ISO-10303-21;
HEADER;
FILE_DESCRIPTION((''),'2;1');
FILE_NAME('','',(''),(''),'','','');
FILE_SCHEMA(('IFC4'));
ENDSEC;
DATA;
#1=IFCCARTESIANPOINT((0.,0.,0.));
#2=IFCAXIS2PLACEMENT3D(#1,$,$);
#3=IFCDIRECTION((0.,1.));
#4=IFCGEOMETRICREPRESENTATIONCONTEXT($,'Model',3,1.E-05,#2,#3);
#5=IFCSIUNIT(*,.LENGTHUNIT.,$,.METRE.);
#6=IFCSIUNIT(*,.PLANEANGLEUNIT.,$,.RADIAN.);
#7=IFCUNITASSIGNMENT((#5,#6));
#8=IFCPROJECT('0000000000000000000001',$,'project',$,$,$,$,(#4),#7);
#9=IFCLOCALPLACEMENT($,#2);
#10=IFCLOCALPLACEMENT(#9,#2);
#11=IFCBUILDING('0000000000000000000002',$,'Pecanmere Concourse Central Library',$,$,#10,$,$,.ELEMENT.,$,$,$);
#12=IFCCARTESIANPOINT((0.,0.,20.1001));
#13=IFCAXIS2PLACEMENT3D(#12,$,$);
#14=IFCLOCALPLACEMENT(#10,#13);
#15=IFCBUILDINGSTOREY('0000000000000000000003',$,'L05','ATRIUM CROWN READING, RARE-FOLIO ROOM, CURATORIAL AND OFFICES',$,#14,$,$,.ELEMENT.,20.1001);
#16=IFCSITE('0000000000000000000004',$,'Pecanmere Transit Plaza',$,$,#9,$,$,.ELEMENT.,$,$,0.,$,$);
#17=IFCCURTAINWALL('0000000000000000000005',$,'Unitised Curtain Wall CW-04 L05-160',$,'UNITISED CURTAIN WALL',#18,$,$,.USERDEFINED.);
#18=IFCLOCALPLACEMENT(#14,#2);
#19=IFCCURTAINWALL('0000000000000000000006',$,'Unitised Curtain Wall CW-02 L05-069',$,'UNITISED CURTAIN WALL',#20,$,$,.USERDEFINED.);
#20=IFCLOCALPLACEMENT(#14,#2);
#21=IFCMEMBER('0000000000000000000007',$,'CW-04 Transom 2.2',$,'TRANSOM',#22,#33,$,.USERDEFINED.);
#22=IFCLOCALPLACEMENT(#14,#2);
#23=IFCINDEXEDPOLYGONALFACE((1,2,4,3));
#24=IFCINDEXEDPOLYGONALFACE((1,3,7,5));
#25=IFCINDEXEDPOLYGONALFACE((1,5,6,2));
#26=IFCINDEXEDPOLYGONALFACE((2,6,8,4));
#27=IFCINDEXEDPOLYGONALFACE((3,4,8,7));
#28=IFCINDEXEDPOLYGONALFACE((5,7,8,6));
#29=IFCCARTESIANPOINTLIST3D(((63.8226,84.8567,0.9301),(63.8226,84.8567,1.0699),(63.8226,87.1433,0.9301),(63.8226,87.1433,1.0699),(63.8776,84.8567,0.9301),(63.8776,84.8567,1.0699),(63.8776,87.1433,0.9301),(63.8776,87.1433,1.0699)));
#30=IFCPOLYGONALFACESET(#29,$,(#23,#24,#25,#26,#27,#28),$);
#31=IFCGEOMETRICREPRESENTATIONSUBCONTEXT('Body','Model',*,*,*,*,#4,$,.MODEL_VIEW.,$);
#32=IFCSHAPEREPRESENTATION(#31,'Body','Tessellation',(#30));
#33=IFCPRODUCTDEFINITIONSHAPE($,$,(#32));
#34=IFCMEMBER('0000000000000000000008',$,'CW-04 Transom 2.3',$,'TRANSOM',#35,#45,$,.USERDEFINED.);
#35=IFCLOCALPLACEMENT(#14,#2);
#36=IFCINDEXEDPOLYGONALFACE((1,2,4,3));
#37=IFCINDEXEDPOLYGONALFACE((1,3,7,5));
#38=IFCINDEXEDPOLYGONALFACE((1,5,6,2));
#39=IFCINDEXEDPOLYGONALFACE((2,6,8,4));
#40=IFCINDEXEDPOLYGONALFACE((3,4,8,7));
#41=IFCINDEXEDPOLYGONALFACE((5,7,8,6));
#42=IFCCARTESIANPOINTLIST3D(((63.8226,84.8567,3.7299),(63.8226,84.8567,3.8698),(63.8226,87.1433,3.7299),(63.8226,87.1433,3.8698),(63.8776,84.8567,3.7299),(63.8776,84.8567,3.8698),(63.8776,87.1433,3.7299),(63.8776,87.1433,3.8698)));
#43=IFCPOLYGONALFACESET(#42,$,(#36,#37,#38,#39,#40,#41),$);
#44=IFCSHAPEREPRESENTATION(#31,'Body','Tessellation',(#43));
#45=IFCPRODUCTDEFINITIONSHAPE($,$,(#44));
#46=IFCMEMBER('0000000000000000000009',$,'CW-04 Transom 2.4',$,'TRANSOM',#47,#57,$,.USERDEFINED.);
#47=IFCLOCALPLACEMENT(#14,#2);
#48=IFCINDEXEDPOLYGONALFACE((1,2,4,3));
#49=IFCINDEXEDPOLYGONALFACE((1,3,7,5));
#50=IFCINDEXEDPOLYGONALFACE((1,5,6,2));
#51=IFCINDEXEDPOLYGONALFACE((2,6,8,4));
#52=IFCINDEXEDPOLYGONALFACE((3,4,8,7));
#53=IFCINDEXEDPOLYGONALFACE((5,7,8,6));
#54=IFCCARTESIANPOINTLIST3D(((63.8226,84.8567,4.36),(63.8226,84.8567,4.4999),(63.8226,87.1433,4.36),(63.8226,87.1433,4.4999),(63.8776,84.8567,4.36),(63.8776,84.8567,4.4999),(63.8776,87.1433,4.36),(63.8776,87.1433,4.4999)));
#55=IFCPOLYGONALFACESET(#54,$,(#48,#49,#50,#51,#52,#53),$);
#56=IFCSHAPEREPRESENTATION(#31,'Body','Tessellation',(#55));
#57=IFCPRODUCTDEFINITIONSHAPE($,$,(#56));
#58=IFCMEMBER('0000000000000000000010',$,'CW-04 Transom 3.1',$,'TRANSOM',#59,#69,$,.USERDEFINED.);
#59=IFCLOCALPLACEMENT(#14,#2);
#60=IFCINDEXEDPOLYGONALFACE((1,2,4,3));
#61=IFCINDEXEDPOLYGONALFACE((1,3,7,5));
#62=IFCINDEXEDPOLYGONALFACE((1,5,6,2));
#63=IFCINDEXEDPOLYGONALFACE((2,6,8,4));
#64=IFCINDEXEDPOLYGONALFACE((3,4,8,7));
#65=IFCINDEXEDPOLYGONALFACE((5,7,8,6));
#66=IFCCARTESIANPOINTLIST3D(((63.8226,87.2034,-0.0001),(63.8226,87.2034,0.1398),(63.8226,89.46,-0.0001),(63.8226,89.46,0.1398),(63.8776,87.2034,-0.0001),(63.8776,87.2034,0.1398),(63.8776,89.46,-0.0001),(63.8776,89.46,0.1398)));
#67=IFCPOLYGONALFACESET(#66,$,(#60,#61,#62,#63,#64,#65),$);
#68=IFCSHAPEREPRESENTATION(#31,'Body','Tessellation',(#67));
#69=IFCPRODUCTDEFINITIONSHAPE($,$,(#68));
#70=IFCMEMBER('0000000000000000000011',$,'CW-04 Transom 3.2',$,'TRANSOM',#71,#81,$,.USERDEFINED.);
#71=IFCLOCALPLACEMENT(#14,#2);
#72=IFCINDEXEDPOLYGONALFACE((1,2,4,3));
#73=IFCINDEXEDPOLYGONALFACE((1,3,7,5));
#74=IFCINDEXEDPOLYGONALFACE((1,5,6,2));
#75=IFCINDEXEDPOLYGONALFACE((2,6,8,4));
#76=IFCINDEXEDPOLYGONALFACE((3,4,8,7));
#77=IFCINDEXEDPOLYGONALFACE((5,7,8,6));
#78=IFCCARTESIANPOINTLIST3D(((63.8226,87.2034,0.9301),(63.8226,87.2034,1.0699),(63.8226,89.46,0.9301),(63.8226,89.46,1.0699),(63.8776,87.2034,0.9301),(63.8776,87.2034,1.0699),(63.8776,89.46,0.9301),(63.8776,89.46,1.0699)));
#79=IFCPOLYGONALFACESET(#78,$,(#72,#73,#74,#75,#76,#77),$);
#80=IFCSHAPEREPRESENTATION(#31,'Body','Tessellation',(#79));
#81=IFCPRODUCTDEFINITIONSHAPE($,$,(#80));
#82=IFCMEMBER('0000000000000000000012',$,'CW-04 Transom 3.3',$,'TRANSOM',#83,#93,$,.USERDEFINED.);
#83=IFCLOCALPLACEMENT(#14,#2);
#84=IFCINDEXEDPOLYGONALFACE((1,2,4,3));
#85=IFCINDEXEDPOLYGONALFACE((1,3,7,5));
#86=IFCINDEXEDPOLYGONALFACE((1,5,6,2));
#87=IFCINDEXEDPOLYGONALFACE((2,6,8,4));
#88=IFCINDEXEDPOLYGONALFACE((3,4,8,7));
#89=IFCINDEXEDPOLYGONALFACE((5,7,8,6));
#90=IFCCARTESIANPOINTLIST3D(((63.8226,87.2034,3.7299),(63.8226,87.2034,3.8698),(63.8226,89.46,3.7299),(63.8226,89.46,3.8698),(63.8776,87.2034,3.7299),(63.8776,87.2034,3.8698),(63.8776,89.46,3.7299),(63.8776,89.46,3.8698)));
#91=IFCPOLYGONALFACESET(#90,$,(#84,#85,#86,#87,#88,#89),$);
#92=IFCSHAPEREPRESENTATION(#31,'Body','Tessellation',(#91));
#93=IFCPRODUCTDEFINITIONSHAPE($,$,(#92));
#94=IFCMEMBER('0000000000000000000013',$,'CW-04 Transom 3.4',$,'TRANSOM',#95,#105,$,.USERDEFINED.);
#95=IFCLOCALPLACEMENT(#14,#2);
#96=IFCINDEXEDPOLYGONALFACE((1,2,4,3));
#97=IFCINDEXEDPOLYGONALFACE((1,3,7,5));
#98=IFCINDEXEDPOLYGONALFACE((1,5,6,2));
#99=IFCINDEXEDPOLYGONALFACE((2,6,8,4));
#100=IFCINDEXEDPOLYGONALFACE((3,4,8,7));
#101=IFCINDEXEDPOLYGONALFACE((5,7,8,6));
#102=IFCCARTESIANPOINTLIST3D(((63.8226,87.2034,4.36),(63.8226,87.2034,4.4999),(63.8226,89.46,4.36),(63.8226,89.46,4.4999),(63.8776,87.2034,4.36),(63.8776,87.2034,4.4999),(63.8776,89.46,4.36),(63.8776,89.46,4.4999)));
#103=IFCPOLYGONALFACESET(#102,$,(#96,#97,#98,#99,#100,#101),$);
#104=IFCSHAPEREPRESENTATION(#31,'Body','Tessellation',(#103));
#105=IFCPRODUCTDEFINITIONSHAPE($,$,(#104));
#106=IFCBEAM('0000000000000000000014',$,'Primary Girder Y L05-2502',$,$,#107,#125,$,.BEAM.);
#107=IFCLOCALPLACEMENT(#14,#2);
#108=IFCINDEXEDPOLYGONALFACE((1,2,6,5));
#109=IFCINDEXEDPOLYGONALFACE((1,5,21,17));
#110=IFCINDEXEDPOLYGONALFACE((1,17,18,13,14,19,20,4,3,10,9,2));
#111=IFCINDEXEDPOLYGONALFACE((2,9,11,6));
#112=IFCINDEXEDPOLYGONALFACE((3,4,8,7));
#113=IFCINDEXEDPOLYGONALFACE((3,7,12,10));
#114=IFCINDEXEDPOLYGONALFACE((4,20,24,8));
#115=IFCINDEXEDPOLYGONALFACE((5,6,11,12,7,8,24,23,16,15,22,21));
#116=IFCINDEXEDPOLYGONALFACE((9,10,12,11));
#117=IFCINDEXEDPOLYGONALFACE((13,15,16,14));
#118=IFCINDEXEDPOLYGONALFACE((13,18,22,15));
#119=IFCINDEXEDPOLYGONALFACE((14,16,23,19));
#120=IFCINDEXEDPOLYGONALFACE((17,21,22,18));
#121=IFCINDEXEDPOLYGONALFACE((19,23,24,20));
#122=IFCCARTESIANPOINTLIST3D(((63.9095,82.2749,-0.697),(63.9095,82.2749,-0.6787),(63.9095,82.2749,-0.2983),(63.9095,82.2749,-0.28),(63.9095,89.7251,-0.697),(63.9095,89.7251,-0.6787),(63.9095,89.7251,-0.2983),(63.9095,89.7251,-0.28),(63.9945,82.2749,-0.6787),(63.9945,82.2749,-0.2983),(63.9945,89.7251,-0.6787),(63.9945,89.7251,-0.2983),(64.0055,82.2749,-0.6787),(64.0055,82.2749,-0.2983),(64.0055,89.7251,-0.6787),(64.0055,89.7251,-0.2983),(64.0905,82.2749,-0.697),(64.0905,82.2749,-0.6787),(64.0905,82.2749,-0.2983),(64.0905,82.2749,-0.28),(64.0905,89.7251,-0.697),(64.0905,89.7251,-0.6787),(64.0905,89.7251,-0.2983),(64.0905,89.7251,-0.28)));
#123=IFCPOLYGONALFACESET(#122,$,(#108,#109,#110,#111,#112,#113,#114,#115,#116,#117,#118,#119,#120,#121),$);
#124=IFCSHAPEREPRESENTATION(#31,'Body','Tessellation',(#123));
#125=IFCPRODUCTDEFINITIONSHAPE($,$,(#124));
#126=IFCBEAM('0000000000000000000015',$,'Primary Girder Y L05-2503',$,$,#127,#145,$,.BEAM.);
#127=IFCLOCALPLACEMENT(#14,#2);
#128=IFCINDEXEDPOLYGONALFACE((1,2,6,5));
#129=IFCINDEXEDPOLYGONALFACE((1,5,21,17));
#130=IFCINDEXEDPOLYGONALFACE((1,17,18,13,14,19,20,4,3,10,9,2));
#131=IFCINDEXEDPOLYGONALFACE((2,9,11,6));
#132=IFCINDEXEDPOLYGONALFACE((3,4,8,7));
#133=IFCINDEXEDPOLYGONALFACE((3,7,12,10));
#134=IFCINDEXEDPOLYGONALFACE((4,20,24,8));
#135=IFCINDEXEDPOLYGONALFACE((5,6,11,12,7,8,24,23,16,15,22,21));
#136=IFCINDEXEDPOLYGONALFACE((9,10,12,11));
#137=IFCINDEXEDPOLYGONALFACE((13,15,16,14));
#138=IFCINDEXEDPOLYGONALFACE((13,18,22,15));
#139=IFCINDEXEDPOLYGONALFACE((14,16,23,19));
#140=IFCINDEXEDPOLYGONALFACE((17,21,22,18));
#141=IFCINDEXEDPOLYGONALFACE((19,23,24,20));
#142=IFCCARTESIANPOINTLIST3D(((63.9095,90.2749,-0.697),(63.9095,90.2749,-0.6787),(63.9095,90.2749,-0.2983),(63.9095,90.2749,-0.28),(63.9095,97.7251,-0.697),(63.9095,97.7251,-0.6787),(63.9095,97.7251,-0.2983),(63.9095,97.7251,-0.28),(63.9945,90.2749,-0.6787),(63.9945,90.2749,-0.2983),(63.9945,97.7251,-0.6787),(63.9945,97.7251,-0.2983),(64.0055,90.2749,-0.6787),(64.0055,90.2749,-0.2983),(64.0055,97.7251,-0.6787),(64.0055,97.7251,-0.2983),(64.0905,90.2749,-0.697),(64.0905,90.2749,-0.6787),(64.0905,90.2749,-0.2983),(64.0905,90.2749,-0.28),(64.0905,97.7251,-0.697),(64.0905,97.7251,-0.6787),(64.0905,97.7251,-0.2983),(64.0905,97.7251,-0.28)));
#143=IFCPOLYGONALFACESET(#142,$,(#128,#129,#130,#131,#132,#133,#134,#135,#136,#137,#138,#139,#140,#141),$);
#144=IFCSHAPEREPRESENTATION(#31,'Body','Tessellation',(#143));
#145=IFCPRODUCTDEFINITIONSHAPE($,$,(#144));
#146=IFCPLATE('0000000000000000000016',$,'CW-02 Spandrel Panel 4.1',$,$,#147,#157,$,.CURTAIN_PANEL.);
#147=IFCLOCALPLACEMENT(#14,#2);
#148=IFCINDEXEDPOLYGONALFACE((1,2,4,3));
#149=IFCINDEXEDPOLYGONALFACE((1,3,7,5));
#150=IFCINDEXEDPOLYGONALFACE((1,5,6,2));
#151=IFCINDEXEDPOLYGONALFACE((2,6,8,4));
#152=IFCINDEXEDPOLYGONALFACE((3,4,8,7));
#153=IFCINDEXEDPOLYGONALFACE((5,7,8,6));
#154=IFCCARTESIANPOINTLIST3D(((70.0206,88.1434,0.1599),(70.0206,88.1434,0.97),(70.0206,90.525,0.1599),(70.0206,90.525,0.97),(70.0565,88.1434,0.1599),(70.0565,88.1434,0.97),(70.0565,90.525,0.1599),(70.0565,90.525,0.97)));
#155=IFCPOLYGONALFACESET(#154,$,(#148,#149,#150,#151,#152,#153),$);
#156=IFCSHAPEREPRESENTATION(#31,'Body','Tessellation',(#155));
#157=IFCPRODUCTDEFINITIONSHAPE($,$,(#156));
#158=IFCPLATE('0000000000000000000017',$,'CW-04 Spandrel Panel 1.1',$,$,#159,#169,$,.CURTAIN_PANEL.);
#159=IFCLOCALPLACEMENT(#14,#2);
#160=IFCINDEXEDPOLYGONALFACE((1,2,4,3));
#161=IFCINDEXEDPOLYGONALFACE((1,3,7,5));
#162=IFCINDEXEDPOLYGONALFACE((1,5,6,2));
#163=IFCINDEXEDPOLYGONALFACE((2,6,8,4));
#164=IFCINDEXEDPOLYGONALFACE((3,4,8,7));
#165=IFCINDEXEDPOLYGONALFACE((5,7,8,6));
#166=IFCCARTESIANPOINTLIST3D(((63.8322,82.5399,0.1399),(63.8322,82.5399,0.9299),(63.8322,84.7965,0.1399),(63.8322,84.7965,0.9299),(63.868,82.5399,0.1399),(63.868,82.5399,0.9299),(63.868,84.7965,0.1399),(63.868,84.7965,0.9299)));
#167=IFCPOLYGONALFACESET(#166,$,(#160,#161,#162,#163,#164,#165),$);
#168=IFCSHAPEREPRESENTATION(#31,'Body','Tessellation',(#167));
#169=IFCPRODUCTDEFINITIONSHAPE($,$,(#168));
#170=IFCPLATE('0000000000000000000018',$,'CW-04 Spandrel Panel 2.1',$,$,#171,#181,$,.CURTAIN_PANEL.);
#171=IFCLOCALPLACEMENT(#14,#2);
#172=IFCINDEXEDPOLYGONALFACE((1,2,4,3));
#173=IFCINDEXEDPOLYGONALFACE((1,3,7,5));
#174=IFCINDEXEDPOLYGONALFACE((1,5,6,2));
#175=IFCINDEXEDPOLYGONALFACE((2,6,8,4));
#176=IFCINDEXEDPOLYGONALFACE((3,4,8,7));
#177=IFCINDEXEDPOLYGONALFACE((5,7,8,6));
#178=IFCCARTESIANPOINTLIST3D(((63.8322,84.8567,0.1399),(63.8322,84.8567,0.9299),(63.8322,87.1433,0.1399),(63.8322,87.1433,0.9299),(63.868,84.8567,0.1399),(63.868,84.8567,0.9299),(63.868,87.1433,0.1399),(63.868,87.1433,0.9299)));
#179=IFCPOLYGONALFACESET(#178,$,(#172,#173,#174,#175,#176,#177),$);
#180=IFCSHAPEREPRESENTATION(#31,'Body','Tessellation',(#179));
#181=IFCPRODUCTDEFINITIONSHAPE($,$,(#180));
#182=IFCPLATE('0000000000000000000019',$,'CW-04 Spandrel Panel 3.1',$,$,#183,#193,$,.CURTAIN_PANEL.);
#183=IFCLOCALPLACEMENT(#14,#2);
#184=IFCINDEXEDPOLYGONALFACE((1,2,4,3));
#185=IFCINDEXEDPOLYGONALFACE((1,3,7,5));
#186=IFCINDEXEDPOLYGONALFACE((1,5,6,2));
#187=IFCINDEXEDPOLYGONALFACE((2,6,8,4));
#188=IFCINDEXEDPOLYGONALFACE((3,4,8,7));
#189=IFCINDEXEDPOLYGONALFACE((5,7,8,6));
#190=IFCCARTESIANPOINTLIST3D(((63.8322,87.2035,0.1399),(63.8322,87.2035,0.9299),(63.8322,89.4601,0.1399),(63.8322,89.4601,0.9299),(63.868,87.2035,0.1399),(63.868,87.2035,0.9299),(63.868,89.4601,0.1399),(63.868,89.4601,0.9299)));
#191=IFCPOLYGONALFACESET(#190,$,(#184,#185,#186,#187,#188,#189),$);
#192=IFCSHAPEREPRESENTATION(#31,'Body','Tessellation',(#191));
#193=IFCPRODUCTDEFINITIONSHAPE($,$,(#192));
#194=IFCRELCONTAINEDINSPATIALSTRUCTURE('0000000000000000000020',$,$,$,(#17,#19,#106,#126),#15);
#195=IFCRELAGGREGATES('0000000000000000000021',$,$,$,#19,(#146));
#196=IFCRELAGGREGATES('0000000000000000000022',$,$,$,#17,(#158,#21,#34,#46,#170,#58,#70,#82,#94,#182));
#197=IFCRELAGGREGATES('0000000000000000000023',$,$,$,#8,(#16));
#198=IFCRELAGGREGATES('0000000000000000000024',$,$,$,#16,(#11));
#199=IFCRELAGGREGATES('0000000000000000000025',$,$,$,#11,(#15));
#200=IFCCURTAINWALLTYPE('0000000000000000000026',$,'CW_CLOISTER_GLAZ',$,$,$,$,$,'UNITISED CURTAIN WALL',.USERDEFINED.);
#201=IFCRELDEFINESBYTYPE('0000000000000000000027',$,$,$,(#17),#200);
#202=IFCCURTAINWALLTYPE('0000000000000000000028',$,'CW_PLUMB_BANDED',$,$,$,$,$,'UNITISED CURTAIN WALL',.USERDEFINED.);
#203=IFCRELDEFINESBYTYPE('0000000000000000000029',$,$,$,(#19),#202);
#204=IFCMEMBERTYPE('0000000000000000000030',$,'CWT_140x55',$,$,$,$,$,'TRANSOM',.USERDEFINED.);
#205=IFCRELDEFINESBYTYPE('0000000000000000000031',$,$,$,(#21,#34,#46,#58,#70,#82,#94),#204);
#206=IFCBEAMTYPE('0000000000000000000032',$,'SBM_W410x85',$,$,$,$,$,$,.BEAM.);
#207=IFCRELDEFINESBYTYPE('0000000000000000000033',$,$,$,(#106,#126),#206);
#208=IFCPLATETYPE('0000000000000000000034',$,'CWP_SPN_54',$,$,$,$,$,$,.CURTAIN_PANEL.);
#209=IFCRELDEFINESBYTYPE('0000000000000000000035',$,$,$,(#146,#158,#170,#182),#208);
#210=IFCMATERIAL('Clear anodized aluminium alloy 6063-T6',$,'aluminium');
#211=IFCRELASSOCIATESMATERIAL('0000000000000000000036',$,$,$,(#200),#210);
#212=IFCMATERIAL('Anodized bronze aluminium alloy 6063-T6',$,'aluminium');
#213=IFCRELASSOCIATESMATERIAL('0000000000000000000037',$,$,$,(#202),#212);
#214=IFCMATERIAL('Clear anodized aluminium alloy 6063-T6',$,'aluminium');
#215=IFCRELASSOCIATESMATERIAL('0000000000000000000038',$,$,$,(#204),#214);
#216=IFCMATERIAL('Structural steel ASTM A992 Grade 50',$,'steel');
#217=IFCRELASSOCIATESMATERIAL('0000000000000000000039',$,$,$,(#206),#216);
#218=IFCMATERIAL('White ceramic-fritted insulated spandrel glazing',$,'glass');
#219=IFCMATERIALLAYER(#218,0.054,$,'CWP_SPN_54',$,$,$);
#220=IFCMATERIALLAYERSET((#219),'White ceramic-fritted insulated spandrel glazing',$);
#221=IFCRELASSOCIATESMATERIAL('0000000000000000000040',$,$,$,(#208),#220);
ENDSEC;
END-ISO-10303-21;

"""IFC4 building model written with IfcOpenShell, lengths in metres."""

from ifc_helpers import new_model, si_unit, direction, frame, origin, origin_2d, place, context, subcontext, project, spatial, rectangle, i_section, extrude, material, layer, layer_set, material_profile, profile_set, type_object, element, aggregate, save


model = new_model("IFC4")

# Units and contexts
model_context = context("Model", 3, precision=1e-05, world=origin(), true_north=direction((0.0, 1.0)))
body_context = subcontext(model_context, "Body", "Model", "MODEL_VIEW")
ifc_project = project(units=[si_unit("LENGTHUNIT", "METRE"), si_unit("PLANEANGLEUNIT", "RADIAN")], contexts=[model_context])

# Site, building, storey
site_placement = place(None, origin())
site = spatial("IfcSite", under=ifc_project, at=site_placement, Name="Pecanmere Transit Plaza", CompositionType="ELEMENT", RefElevation=0.0)
building_placement = place(site_placement, origin())
building = spatial("IfcBuilding", under=site, at=building_placement, Name="Pecanmere Concourse Central Library", CompositionType="ELEMENT")
storey_placement = place(building_placement, frame((0.0, 0.0, 20.1001)))
storey = spatial("IfcBuildingStorey", under=building, at=storey_placement, Name="L05", Description="ATRIUM CROWN READING, RARE-FOLIO ROOM, CURATORIAL AND OFFICES", CompositionType="ELEMENT", Elevation=20.1001)

# Shared definitions
ifc_material_1 = material(Name="Clear anodized aluminium alloy 6063-T6", Category="aluminium")
curtain_wall_type_1 = type_object("IfcCurtainWallType", Name="CW_CLOISTER_GLAZ", ElementType="UNITISED CURTAIN WALL", PredefinedType="USERDEFINED", material=ifc_material_1)

# Curtain wall
curtain_wall_1_placement = place(storey_placement, origin())
curtain_wall_1 = element("IfcCurtainWall", 1, at=curtain_wall_1_placement, inside=storey, type_object=curtain_wall_type_1, Name="Unitised Curtain Wall CW-04 L05-160", ObjectType="UNITISED CURTAIN WALL", PredefinedType="USERDEFINED")

# Curtain wall
ifc_material_2 = material(Name="Anodized bronze aluminium alloy 6063-T6", Category="aluminium")
curtain_wall_type_2 = type_object("IfcCurtainWallType", Name="CW_PLUMB_BANDED", ElementType="UNITISED CURTAIN WALL", PredefinedType="USERDEFINED", material=ifc_material_2)
curtain_wall_2_placement = place(storey_placement, origin())
curtain_wall_2 = element("IfcCurtainWall", 2, at=curtain_wall_2_placement, inside=storey, type_object=curtain_wall_type_2, Name="Unitised Curtain Wall CW-02 L05-069", ObjectType="UNITISED CURTAIN WALL", PredefinedType="USERDEFINED")

# Members
ifc_material_3 = material(Name="Clear anodized aluminium alloy 6063-T6", Category="aluminium")
ifc_material_profile_1 = material_profile(ifc_material_3, rectangle(XDim=0.0549, YDim=0.1399, at=origin_2d()), Name="AL 55x140")
ifc_profile_set_1 = profile_set([ifc_material_profile_1], Name="Clear anodized aluminium alloy 6063-T6")
member_type_1 = type_object("IfcMemberType", Name="CWT_140x55", ElementType="TRANSOM", PredefinedType="USERDEFINED", material=ifc_profile_set_1)
member_1_placement = place(storey_placement, frame((63.8501, 84.8567, 1.0), z_axis=(0.0, 1.0, 0.0), x_axis=(-1.0, 0.0, 0.0)))
member_1 = element("IfcMember", 3, at=member_1_placement, type_object=member_type_1, Name="CW-04 Transom 2.2", ObjectType="TRANSOM", PredefinedType="USERDEFINED", context=body_context, shape_type="SweptSolid", body=[
    extrude(rectangle(XDim=0.0549, YDim=0.1399, at=origin_2d()), origin(), (0.0, 0.0, 1.0), 2.2866),
])
member_2_placement = place(storey_placement, frame((63.8501, 84.8567, 3.7998), z_axis=(0.0, 1.0, 0.0), x_axis=(-1.0, 0.0, 0.0)))
member_2 = element("IfcMember", 4, at=member_2_placement, type_object=member_type_1, Name="CW-04 Transom 2.3", ObjectType="TRANSOM", PredefinedType="USERDEFINED", context=body_context, shape_type="SweptSolid", body=[
    extrude(rectangle(XDim=0.0549, YDim=0.1399, at=origin_2d()), origin(), (0.0, 0.0, 1.0), 2.2866),
])
member_3_placement = place(storey_placement, frame((63.8501, 84.8567, 4.4299), z_axis=(0.0, 1.0, 0.0), x_axis=(-1.0, 0.0, 0.0)))
member_3 = element("IfcMember", 5, at=member_3_placement, type_object=member_type_1, Name="CW-04 Transom 2.4", ObjectType="TRANSOM", PredefinedType="USERDEFINED", context=body_context, shape_type="SweptSolid", body=[
    extrude(rectangle(XDim=0.0549, YDim=0.1399, at=origin_2d()), origin(), (0.0, 0.0, 1.0), 2.2866),
])
member_4_placement = place(storey_placement, frame((63.8501, 87.2034, 0.0698), z_axis=(0.0, 1.0, 0.0), x_axis=(-1.0, 0.0, 0.0)))
member_4 = element("IfcMember", 6, at=member_4_placement, type_object=member_type_1, Name="CW-04 Transom 3.1", ObjectType="TRANSOM", PredefinedType="USERDEFINED", context=body_context, shape_type="SweptSolid", body=[
    extrude(rectangle(XDim=0.0549, YDim=0.1399, at=origin_2d()), origin(), (0.0, 0.0, 1.0), 2.2566),
])
member_5_placement = place(storey_placement, frame((63.8501, 87.2034, 1.0), z_axis=(0.0, 1.0, 0.0), x_axis=(-1.0, 0.0, 0.0)))
member_5 = element("IfcMember", 7, at=member_5_placement, type_object=member_type_1, Name="CW-04 Transom 3.2", ObjectType="TRANSOM", PredefinedType="USERDEFINED", context=body_context, shape_type="SweptSolid", body=[
    extrude(rectangle(XDim=0.0549, YDim=0.1399, at=origin_2d()), origin(), (0.0, 0.0, 1.0), 2.2566),
])
member_6_placement = place(storey_placement, frame((63.8501, 87.2034, 3.7998), z_axis=(0.0, 1.0, 0.0), x_axis=(-1.0, 0.0, 0.0)))
member_6 = element("IfcMember", 8, at=member_6_placement, type_object=member_type_1, Name="CW-04 Transom 3.3", ObjectType="TRANSOM", PredefinedType="USERDEFINED", context=body_context, shape_type="SweptSolid", body=[
    extrude(rectangle(XDim=0.0549, YDim=0.1399, at=origin_2d()), origin(), (0.0, 0.0, 1.0), 2.2566),
])
member_7_placement = place(storey_placement, frame((63.8501, 87.2034, 4.4299), z_axis=(0.0, 1.0, 0.0), x_axis=(-1.0, 0.0, 0.0)))
member_7 = element("IfcMember", 9, at=member_7_placement, type_object=member_type_1, Name="CW-04 Transom 3.4", ObjectType="TRANSOM", PredefinedType="USERDEFINED", context=body_context, shape_type="SweptSolid", body=[
    extrude(rectangle(XDim=0.0549, YDim=0.1399, at=origin_2d()), origin(), (0.0, 0.0, 1.0), 2.2566),
])

# Beams
ifc_material_4 = material(Name="Structural steel ASTM A992 Grade 50", Category="steel")
ifc_material_profile_2 = material_profile(ifc_material_4, i_section(OverallWidth=0.1809, OverallDepth=0.417, WebThickness=0.011, FlangeThickness=0.0183, at=origin_2d()), Name="W410x85")
ifc_profile_set_2 = profile_set([ifc_material_profile_2], Name="Structural steel ASTM A992 Grade 50")
beam_type = type_object("IfcBeamType", Name="SBM_W410x85", PredefinedType="BEAM", material=ifc_profile_set_2)
for number, where, z_axis, x_axis, name in (
    (10, (64.0, 82.2749, -0.4885), (0.0, 1.0, 0.0), (-1.0, 0.0, 0.0), "Primary Girder Y L05-2502"),
    (11, (64.0, 90.2749, -0.4885), (0.0, 1.0, 0.0), (-1.0, 0.0, 0.0), "Primary Girder Y L05-2503"),
):
    element("IfcBeam", number, at=place(storey_placement, frame(where, z_axis=z_axis, x_axis=x_axis)), inside=storey, type_object=beam_type, Name=name, PredefinedType="BEAM", context=body_context, shape_type="SweptSolid", body=[
        extrude(i_section(OverallWidth=0.1809, OverallDepth=0.417, WebThickness=0.011, FlangeThickness=0.0183, at=origin_2d()), origin(), (0.0, 0.0, 1.0), 7.4502),
    ])

# Plates
ifc_material_5 = material(Name="White ceramic-fritted insulated spandrel glazing", Category="glass")
ifc_layer_1 = layer(ifc_material_5, 0.054, Name="CWP_SPN_54")
ifc_layer_set_1 = layer_set([ifc_layer_1], Name="White ceramic-fritted insulated spandrel glazing")
plate_type_1 = type_object("IfcPlateType", Name="CWP_SPN_54", PredefinedType="CURTAIN_PANEL", material=ifc_layer_set_1)
plate_1_placement = place(storey_placement, frame((70.0386, 89.3342, 0.1599), z_axis=(0.0, 0.0, 1.0), x_axis=(0.0, -1.0, 0.0)))
plate_1 = element("IfcPlate", 12, at=plate_1_placement, type_object=plate_type_1, Name="CW-02 Spandrel Panel 4.1", PredefinedType="CURTAIN_PANEL", context=body_context, shape_type="SweptSolid", body=[
    extrude(rectangle(XDim=2.3816, YDim=0.0359, at=origin_2d()), origin(), (0.0, 0.0, 1.0), 0.8101),
])
plate_2_placement = place(storey_placement, frame((63.8501, 83.6682, 0.1399), z_axis=(0.0, 0.0, 1.0), x_axis=(0.0, 1.0, 0.0)))
plate_2 = element("IfcPlate", 13, at=plate_2_placement, type_object=plate_type_1, Name="CW-04 Spandrel Panel 1.1", PredefinedType="CURTAIN_PANEL", context=body_context, shape_type="SweptSolid", body=[
    extrude(rectangle(XDim=2.2566, YDim=0.0359, at=origin_2d()), origin(), (0.0, 0.0, 1.0), 0.79),
])
plate_3_placement = place(storey_placement, frame((63.8501, 86.0, 0.1399), z_axis=(0.0, 0.0, 1.0), x_axis=(0.0, 1.0, 0.0)))
plate_3 = element("IfcPlate", 14, at=plate_3_placement, type_object=plate_type_1, Name="CW-04 Spandrel Panel 2.1", PredefinedType="CURTAIN_PANEL", context=body_context, shape_type="SweptSolid", body=[
    extrude(rectangle(XDim=2.2866, YDim=0.0359, at=origin_2d()), origin(), (0.0, 0.0, 1.0), 0.79),
])
plate_4_placement = place(storey_placement, frame((63.8501, 88.3318, 0.1399), z_axis=(0.0, 0.0, 1.0), x_axis=(0.0, 1.0, 0.0)))
plate_4 = element("IfcPlate", 15, at=plate_4_placement, type_object=plate_type_1, Name="CW-04 Spandrel Panel 3.1", PredefinedType="CURTAIN_PANEL", context=body_context, shape_type="SweptSolid", body=[
    extrude(rectangle(XDim=2.2566, YDim=0.0359, at=origin_2d()), origin(), (0.0, 0.0, 1.0), 0.79),
])
aggregate(curtain_wall_2, [plate_1])
aggregate(curtain_wall_1, [plate_2, member_1, member_2, member_3, plate_3, member_4, member_5, member_6, member_7, plate_4])

save(model, "model.ifc")
